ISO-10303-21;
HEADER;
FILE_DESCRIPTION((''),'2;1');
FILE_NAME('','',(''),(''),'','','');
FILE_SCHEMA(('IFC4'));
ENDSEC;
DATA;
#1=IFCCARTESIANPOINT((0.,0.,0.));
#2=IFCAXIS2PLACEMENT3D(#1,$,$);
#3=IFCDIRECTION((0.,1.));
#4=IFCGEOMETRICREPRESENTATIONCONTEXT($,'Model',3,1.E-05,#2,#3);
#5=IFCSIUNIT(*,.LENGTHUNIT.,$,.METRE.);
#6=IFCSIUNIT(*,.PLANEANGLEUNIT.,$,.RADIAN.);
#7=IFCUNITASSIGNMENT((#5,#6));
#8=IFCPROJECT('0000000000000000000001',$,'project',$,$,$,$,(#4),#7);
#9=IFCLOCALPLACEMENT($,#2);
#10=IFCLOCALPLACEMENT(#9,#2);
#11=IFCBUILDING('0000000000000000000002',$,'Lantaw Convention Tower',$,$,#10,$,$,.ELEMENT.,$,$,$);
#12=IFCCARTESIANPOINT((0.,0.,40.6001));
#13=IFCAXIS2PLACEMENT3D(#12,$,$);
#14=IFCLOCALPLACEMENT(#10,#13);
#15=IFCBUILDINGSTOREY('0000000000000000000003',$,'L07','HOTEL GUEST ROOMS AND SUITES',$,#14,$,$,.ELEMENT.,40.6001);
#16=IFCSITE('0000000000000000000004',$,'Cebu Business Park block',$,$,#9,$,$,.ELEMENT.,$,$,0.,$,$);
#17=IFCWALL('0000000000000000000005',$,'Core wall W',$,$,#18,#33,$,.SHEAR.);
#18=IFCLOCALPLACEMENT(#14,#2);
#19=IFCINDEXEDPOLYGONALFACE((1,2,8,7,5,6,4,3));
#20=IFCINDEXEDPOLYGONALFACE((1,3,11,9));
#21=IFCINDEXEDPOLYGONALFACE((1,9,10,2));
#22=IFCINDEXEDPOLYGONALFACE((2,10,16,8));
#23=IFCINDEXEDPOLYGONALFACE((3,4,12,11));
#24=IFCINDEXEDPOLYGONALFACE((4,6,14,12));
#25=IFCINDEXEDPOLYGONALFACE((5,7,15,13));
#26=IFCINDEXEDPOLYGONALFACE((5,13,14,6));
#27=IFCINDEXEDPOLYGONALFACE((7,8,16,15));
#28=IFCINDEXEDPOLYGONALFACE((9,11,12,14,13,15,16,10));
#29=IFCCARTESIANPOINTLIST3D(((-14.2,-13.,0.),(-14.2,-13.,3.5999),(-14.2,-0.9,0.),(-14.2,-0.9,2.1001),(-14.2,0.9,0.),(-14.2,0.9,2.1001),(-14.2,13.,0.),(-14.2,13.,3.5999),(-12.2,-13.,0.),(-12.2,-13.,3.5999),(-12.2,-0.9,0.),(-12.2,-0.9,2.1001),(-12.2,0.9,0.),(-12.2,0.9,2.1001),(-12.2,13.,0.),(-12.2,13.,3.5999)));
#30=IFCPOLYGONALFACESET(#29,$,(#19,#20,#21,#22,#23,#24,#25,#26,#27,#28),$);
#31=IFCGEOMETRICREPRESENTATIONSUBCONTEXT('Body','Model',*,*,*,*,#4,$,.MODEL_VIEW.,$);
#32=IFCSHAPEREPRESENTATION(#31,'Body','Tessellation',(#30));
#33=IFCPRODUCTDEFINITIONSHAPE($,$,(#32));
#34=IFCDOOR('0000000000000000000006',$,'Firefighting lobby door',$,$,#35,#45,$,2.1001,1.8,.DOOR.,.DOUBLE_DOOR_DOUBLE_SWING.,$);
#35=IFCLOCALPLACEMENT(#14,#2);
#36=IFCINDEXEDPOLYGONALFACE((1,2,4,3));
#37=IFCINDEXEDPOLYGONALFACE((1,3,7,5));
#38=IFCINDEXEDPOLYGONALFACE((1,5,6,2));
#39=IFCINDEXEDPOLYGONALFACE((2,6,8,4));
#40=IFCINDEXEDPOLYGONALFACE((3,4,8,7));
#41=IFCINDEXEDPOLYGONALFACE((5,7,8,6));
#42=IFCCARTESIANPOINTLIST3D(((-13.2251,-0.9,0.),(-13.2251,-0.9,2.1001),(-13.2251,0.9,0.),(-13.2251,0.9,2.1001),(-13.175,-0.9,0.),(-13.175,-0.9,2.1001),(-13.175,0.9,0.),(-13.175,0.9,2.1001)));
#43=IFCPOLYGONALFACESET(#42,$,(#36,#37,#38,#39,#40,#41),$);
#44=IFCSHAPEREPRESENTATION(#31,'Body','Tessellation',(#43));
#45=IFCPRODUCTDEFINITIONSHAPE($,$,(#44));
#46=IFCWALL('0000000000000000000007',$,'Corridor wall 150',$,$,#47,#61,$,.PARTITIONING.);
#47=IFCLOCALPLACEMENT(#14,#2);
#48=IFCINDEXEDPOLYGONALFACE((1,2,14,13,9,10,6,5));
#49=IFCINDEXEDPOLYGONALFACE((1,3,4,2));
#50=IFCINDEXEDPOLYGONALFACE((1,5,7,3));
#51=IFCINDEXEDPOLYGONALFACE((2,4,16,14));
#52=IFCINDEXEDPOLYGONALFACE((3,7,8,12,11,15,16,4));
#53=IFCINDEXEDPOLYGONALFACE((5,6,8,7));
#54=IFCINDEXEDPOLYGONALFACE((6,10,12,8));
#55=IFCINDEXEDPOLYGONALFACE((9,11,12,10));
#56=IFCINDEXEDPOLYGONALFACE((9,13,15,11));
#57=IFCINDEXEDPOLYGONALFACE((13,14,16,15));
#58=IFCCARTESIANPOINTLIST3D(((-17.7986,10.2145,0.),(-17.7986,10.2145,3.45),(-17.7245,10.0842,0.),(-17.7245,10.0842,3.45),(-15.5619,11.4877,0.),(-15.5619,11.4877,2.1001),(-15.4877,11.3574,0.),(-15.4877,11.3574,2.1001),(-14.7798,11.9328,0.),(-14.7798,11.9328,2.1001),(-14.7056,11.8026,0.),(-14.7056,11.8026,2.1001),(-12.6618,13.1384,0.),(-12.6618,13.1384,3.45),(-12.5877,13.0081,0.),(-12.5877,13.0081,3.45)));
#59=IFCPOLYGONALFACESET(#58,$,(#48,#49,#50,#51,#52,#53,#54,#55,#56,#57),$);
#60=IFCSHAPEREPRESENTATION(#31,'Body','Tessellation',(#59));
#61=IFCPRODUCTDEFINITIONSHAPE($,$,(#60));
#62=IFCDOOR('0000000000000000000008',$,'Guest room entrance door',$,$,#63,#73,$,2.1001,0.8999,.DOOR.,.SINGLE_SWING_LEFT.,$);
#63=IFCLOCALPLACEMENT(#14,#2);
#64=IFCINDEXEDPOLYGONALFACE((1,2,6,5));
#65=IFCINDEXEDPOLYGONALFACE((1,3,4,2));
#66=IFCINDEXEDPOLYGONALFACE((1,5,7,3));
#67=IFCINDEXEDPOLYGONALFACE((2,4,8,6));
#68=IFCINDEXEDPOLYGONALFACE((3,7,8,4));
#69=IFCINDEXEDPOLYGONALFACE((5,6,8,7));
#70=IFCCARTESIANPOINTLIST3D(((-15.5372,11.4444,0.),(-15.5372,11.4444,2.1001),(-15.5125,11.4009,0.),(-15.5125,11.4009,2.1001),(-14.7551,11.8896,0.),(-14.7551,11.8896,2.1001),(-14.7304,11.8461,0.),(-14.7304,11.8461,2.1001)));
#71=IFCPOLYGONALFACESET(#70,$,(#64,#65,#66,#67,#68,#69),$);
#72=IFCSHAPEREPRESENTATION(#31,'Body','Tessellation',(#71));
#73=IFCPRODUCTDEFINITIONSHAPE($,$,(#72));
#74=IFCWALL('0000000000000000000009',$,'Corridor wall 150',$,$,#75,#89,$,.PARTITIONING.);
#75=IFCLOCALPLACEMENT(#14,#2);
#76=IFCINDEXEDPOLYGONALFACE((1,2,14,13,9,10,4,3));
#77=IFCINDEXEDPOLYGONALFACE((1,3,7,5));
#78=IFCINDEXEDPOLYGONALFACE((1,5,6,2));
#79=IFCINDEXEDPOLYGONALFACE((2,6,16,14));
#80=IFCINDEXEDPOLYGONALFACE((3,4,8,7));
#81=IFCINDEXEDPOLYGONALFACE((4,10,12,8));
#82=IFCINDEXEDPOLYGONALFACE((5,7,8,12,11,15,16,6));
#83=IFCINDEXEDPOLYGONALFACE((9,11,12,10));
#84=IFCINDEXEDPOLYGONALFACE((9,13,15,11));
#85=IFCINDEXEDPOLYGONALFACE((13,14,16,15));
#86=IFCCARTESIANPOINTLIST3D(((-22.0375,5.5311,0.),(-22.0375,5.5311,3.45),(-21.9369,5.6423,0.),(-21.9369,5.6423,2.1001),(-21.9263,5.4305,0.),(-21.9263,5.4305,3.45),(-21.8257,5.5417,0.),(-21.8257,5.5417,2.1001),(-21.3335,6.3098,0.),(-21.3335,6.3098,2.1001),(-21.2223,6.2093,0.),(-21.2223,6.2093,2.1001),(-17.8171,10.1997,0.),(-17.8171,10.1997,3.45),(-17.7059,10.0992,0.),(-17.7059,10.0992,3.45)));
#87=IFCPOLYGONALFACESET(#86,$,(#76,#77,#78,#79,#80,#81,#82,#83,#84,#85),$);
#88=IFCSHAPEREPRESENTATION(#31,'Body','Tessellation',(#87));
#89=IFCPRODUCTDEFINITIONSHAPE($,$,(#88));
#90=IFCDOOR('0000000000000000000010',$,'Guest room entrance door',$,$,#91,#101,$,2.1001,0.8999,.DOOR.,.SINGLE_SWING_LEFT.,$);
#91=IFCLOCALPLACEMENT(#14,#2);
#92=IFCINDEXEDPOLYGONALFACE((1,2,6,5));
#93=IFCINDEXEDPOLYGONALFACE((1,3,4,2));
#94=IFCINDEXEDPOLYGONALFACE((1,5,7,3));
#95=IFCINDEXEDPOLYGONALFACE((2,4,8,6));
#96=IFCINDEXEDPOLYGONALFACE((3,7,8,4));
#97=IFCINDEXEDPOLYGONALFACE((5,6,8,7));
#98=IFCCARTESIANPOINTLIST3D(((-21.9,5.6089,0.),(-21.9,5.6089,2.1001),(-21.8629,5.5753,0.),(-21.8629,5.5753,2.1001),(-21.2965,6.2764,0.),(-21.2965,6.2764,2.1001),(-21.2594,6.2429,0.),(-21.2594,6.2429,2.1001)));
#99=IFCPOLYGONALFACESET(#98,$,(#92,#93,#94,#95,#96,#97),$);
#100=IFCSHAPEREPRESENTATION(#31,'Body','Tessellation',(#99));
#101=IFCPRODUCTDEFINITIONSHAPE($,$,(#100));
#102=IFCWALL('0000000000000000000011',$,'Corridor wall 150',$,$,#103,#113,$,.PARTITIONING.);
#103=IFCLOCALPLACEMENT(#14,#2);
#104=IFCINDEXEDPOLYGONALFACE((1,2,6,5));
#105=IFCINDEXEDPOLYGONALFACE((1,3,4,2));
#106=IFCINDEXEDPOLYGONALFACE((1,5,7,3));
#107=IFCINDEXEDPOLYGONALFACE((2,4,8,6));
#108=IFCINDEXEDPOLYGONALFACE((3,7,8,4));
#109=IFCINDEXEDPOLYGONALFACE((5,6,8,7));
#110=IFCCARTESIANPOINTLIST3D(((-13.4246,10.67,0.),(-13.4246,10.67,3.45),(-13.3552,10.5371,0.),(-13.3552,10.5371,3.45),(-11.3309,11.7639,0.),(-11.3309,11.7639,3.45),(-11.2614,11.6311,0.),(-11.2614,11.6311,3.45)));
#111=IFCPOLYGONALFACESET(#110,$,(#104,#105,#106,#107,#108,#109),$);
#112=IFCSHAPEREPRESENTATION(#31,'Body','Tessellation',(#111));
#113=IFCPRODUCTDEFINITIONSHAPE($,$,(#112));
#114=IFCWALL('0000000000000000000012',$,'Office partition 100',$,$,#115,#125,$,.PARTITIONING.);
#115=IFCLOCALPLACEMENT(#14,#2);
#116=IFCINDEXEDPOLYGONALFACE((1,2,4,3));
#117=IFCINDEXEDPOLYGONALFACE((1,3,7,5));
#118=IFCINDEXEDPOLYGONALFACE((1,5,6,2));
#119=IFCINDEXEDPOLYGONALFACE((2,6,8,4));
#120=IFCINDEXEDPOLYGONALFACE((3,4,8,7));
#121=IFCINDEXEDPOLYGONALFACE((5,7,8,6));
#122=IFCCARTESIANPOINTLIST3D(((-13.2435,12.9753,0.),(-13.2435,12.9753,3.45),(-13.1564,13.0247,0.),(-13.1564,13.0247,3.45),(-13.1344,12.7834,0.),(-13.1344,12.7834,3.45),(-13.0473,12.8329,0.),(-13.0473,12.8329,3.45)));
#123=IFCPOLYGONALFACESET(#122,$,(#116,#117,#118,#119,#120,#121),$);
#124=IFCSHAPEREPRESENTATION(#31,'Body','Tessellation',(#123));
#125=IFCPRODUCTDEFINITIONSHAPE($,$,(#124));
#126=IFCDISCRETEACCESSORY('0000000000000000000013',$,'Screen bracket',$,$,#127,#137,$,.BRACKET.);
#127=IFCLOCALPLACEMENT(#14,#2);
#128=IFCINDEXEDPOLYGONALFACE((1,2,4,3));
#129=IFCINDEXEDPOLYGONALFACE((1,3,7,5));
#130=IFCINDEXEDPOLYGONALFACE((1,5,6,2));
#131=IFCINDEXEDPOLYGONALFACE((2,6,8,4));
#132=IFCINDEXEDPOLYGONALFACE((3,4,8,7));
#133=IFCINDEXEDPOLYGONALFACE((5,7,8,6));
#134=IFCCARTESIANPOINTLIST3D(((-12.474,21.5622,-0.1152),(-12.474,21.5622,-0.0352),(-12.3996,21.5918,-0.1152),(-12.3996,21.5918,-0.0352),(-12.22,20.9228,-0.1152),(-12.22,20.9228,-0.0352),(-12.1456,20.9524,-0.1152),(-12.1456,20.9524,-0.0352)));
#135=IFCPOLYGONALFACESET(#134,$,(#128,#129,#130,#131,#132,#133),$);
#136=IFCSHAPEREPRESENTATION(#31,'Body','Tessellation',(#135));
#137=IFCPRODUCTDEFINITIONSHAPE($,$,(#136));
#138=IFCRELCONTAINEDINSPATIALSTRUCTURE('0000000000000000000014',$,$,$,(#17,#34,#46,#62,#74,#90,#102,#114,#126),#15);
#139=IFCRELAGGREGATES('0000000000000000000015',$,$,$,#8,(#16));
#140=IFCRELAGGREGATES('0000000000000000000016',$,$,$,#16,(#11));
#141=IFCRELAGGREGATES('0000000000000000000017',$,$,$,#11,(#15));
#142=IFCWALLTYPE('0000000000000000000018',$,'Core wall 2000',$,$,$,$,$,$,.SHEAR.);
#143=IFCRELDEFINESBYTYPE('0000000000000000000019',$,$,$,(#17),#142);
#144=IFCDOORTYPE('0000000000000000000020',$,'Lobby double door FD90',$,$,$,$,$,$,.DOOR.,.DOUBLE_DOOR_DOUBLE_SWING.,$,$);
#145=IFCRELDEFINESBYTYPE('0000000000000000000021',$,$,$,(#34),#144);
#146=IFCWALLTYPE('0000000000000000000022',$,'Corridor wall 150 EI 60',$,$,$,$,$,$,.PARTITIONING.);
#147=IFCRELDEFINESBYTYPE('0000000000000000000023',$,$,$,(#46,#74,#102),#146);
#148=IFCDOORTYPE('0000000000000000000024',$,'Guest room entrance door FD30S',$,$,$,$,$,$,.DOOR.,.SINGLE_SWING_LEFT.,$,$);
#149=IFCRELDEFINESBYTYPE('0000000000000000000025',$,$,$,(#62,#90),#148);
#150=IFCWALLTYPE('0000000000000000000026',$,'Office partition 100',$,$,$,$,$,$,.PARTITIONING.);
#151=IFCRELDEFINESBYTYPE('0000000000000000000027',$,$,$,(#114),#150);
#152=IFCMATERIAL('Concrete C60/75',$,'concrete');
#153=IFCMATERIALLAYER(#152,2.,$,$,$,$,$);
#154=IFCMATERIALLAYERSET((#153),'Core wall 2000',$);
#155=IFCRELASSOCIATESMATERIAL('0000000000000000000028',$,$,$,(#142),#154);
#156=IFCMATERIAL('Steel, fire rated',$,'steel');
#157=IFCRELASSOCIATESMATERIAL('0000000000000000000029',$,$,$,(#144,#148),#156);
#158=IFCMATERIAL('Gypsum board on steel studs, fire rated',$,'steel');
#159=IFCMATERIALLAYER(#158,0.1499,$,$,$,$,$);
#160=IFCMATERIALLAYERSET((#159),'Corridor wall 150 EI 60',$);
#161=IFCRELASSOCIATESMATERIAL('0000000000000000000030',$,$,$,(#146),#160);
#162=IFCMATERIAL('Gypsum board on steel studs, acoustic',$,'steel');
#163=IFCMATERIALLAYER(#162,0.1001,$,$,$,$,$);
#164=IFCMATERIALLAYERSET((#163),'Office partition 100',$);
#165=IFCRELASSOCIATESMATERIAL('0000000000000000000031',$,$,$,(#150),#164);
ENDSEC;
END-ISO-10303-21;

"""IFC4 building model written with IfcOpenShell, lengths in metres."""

from ifc_helpers import new_model, si_unit, direction, frame, frame_2d, origin, origin_2d, place, context, subcontext, project, spatial, rectangle, extrude, material, layer, layer_set, type_object, element, fill, save


model = new_model("IFC4")

# Units and contexts
model_context = context("Model", 3, precision=1e-05, world=origin(), true_north=direction((0.0, 1.0)))
body_context = subcontext(model_context, "Body", "Model", "MODEL_VIEW")
ifc_project = project(units=[si_unit("LENGTHUNIT", "METRE"), si_unit("PLANEANGLEUNIT", "RADIAN")], contexts=[model_context])

# Site, building, storey
site_placement = place(None, origin())
site = spatial("IfcSite", under=ifc_project, at=site_placement, Name="Cebu Business Park block", CompositionType="ELEMENT", RefElevation=0.0)
building_placement = place(site_placement, origin())
building = spatial("IfcBuilding", under=site, at=building_placement, Name="Lantaw Convention Tower", CompositionType="ELEMENT")
storey_placement = place(building_placement, frame((0.0, 0.0, 40.6001)))
storey = spatial("IfcBuildingStorey", under=building, at=storey_placement, Name="L07", Description="HOTEL GUEST ROOMS AND SUITES", CompositionType="ELEMENT", Elevation=40.6001)

# Shared definitions
ifc_material_1 = material(Name="Concrete C60/75", Category="concrete")

# Walls, openings, doors
ifc_layer_1 = layer(ifc_material_1, 2.0)
ifc_layer_set_1 = layer_set([ifc_layer_1], Name="Core wall 2000")
wall_type_1 = type_object("IfcWallType", Name="Core wall 2000", PredefinedType="SHEAR", material=ifc_layer_set_1)
wall_1_placement = place(storey_placement, frame((-13.2, 13.0, 0.0), z_axis=(0.0, 0.0, 1.0), x_axis=(0.0, -1.0, 0.0)))
wall_1 = element("IfcWall", 1, at=wall_1_placement, inside=storey, type_object=wall_type_1, Name="Core wall W", PredefinedType="SHEAR", context=body_context, shape_type="SweptSolid", body=[
    extrude(rectangle(XDim=26.0, YDim=2.0, at=frame_2d((13.0, 0.0))), origin(), (0.0, 0.0, 1.0), 3.5999),
])
opening_1_placement = place(wall_1_placement, frame((12.1001, 0.0, 0.0)))
opening_1 = element("IfcOpeningElement", 2, at=opening_1_placement, cuts=wall_1, PredefinedType="OPENING", context=body_context, shape_type="SweptSolid", body=[
    extrude(rectangle(XDim=1.8, YDim=2.1001, at=frame_2d((0.8999, 1.05))), frame((0.0, 1.01, 0.0), z_axis=(0.0, -1.0, 0.0), x_axis=(1.0, 0.0, 0.0)), (0.0, 0.0, 1.0), 2.02),
])
ifc_material_2 = material(Name="Steel, fire rated", Category="steel")
door_type_1 = type_object("IfcDoorType", Name="Lobby double door FD90", OperationType="DOUBLE_DOOR_DOUBLE_SWING", PredefinedType="DOOR", material=ifc_material_2)
door_1_placement = place(opening_1_placement, origin())
door_1 = element("IfcDoor", 3, at=door_1_placement, inside=storey, type_object=door_type_1, Name="Firefighting lobby door", OperationType="DOUBLE_DOOR_DOUBLE_SWING", OverallHeight=2.1001, OverallWidth=1.8, PredefinedType="DOOR", context=body_context, shape_type="SweptSolid", body=[
    extrude(rectangle(XDim=1.8, YDim=2.1001, at=frame_2d((0.8999, 1.05))), frame((0.0, 0.0249, 0.0), z_axis=(0.0, -1.0, 0.0), x_axis=(1.0, 0.0, 0.0)), (0.0, 0.0, 1.0), 0.05),
])
fill(opening_1, door_1)
ifc_material_3 = material(Name="Gypsum board on steel studs, fire rated", Category="steel")
ifc_layer_2 = layer(ifc_material_3, 0.1499)
ifc_layer_set_2 = layer_set([ifc_layer_2], Name="Corridor wall 150 EI 60")
wall_type_2 = type_object("IfcWallType", Name="Corridor wall 150 EI 60", PredefinedType="PARTITIONING", material=ifc_layer_set_2)
wall_2_placement = place(storey_placement, frame((-12.6248, 13.0732, 0.0), z_axis=(0.0, 0.0, 1.0), x_axis=(-0.869076, -0.494679, 0.0)))
wall_2 = element("IfcWall", 4, at=wall_2_placement, inside=storey, type_object=wall_type_2, Name="Corridor wall 150", PredefinedType="PARTITIONING", context=body_context, shape_type="SweptSolid", body=[
    extrude(rectangle(XDim=5.9106, YDim=0.1499, at=frame_2d((2.9553, 0.0))), origin(), (0.0, 0.0, 1.0), 3.45),
])
opening_2_placement = place(wall_2_placement, frame((2.437, 0.0, 0.0)))
opening_2 = element("IfcOpeningElement", 5, at=opening_2_placement, cuts=wall_2, PredefinedType="OPENING", context=body_context, shape_type="SweptSolid", body=[
    extrude(rectangle(XDim=0.8999, YDim=2.1001, at=frame_2d((0.45, 1.05))), frame((0.0, 0.085, 0.0), z_axis=(0.0, -1.0, 0.0), x_axis=(1.0, 0.0, 0.0)), (0.0, 0.0, 1.0), 0.1699),
])
door_type_2 = type_object("IfcDoorType", Name="Guest room entrance door FD30S", OperationType="SINGLE_SWING_LEFT", PredefinedType="DOOR", material=ifc_material_2)
door_2_placement = place(opening_2_placement, origin())
door_2 = element("IfcDoor", 6, at=door_2_placement, inside=storey, type_object=door_type_2, Name="Guest room entrance door", OperationType="SINGLE_SWING_LEFT", OverallHeight=2.1001, OverallWidth=0.8999, PredefinedType="DOOR", context=body_context, shape_type="SweptSolid", body=[
    extrude(rectangle(XDim=0.8999, YDim=2.1001, at=frame_2d((0.45, 1.05))), frame((0.0, 0.0249, 0.0), z_axis=(0.0, -1.0, 0.0), x_axis=(1.0, 0.0, 0.0)), (0.0, 0.0, 1.0), 0.05),
])
fill(opening_2, door_2)
wall_3_placement = place(storey_placement, frame((-17.7615, 10.1494, 0.0), z_axis=(0.0, 0.0, 1.0), x_axis=(-0.670598, -0.741821, 0.0)))
wall_3 = element("IfcWall", 7, at=wall_3_placement, inside=storey, type_object=wall_type_2, Name="Corridor wall 150", PredefinedType="PARTITIONING", context=body_context, shape_type="SweptSolid", body=[
    extrude(rectangle(XDim=6.2935, YDim=0.1499, at=frame_2d((3.1467, 0.0))), origin(), (0.0, 0.0, 1.0), 3.45),
])
opening_3_placement = place(wall_3_placement, frame((5.2437, 0.0, 0.0)))
opening_3 = element("IfcOpeningElement", 8, at=opening_3_placement, cuts=wall_3, PredefinedType="OPENING", context=body_context, shape_type="SweptSolid", body=[
    extrude(rectangle(XDim=0.8999, YDim=2.1001, at=frame_2d((0.45, 1.05))), frame((0.0, 0.085, 0.0), z_axis=(0.0, -1.0, 0.0), x_axis=(1.0, 0.0, 0.0)), (0.0, 0.0, 1.0), 0.1699),
])
door_3_placement = place(opening_3_placement, origin())
door_3 = element("IfcDoor", 9, at=door_3_placement, inside=storey, type_object=door_type_2, Name="Guest room entrance door", OperationType="SINGLE_SWING_LEFT", OverallHeight=2.1001, OverallWidth=0.8999, PredefinedType="DOOR", context=body_context, shape_type="SweptSolid", body=[
    extrude(rectangle(XDim=0.8999, YDim=2.1001, at=frame_2d((0.45, 1.05))), frame((0.0, 0.0249, 0.0), z_axis=(0.0, -1.0, 0.0), x_axis=(1.0, 0.0, 0.0)), (0.0, 0.0, 1.0), 0.05),
])
fill(opening_3, door_3)

# Walls
wall_4_placement = place(storey_placement, frame((-11.2961, 11.6975, 0.0), z_axis=(0.0, 0.0, 1.0), x_axis=(-0.886306, -0.463099, 0.0)))
element("IfcWall", 10, at=wall_4_placement, inside=storey, type_object=wall_type_2, Name="Corridor wall 150", PredefinedType="PARTITIONING", context=body_context, shape_type="SweptSolid", body=[
    extrude(rectangle(XDim=2.3623, YDim=0.1499, at=frame_2d((1.1812, 0.0))), origin(), (0.0, 0.0, 1.0), 3.45),
])
ifc_material_4 = material(Name="Gypsum board on steel studs, acoustic", Category="steel")
ifc_layer_3 = layer(ifc_material_4, 0.1001)
ifc_layer_set_3 = layer_set([ifc_layer_3], Name="Office partition 100")
wall_type_3 = type_object("IfcWallType", Name="Office partition 100", PredefinedType="PARTITIONING", material=ifc_layer_set_3)
wall_5_placement = place(storey_placement, frame((-13.2, 13.0, 0.0), z_axis=(0.0, 0.0, 1.0), x_axis=(0.494351, -0.869262, 0.0)))
element("IfcWall", 11, at=wall_5_placement, inside=storey, type_object=wall_type_3, Name="Office partition 100", PredefinedType="PARTITIONING", context=body_context, shape_type="SweptSolid", body=[
    extrude(rectangle(XDim=0.2207, YDim=0.1001, at=frame_2d((0.1104, 0.0))), origin(), (0.0, 0.0, 1.0), 3.45),
])

# Discrete accessory
discrete_accessory_placement = place(storey_placement, frame((-12.3098, 21.2573, -0.1152), z_axis=(0.0, 0.0, 1.0), x_axis=(-0.929361, -0.369172, 0.0)))
element("IfcDiscreteAccessory", 12, at=discrete_accessory_placement, inside=storey, Name="Screen bracket", PredefinedType="BRACKET", context=body_context, shape_type="SweptSolid", body=[
    extrude(rectangle(XDim=0.0801, YDim=0.688, at=origin_2d()), origin(), (0.0, 0.0, 1.0), 0.0801),
])

save(model, "model.ifc")
